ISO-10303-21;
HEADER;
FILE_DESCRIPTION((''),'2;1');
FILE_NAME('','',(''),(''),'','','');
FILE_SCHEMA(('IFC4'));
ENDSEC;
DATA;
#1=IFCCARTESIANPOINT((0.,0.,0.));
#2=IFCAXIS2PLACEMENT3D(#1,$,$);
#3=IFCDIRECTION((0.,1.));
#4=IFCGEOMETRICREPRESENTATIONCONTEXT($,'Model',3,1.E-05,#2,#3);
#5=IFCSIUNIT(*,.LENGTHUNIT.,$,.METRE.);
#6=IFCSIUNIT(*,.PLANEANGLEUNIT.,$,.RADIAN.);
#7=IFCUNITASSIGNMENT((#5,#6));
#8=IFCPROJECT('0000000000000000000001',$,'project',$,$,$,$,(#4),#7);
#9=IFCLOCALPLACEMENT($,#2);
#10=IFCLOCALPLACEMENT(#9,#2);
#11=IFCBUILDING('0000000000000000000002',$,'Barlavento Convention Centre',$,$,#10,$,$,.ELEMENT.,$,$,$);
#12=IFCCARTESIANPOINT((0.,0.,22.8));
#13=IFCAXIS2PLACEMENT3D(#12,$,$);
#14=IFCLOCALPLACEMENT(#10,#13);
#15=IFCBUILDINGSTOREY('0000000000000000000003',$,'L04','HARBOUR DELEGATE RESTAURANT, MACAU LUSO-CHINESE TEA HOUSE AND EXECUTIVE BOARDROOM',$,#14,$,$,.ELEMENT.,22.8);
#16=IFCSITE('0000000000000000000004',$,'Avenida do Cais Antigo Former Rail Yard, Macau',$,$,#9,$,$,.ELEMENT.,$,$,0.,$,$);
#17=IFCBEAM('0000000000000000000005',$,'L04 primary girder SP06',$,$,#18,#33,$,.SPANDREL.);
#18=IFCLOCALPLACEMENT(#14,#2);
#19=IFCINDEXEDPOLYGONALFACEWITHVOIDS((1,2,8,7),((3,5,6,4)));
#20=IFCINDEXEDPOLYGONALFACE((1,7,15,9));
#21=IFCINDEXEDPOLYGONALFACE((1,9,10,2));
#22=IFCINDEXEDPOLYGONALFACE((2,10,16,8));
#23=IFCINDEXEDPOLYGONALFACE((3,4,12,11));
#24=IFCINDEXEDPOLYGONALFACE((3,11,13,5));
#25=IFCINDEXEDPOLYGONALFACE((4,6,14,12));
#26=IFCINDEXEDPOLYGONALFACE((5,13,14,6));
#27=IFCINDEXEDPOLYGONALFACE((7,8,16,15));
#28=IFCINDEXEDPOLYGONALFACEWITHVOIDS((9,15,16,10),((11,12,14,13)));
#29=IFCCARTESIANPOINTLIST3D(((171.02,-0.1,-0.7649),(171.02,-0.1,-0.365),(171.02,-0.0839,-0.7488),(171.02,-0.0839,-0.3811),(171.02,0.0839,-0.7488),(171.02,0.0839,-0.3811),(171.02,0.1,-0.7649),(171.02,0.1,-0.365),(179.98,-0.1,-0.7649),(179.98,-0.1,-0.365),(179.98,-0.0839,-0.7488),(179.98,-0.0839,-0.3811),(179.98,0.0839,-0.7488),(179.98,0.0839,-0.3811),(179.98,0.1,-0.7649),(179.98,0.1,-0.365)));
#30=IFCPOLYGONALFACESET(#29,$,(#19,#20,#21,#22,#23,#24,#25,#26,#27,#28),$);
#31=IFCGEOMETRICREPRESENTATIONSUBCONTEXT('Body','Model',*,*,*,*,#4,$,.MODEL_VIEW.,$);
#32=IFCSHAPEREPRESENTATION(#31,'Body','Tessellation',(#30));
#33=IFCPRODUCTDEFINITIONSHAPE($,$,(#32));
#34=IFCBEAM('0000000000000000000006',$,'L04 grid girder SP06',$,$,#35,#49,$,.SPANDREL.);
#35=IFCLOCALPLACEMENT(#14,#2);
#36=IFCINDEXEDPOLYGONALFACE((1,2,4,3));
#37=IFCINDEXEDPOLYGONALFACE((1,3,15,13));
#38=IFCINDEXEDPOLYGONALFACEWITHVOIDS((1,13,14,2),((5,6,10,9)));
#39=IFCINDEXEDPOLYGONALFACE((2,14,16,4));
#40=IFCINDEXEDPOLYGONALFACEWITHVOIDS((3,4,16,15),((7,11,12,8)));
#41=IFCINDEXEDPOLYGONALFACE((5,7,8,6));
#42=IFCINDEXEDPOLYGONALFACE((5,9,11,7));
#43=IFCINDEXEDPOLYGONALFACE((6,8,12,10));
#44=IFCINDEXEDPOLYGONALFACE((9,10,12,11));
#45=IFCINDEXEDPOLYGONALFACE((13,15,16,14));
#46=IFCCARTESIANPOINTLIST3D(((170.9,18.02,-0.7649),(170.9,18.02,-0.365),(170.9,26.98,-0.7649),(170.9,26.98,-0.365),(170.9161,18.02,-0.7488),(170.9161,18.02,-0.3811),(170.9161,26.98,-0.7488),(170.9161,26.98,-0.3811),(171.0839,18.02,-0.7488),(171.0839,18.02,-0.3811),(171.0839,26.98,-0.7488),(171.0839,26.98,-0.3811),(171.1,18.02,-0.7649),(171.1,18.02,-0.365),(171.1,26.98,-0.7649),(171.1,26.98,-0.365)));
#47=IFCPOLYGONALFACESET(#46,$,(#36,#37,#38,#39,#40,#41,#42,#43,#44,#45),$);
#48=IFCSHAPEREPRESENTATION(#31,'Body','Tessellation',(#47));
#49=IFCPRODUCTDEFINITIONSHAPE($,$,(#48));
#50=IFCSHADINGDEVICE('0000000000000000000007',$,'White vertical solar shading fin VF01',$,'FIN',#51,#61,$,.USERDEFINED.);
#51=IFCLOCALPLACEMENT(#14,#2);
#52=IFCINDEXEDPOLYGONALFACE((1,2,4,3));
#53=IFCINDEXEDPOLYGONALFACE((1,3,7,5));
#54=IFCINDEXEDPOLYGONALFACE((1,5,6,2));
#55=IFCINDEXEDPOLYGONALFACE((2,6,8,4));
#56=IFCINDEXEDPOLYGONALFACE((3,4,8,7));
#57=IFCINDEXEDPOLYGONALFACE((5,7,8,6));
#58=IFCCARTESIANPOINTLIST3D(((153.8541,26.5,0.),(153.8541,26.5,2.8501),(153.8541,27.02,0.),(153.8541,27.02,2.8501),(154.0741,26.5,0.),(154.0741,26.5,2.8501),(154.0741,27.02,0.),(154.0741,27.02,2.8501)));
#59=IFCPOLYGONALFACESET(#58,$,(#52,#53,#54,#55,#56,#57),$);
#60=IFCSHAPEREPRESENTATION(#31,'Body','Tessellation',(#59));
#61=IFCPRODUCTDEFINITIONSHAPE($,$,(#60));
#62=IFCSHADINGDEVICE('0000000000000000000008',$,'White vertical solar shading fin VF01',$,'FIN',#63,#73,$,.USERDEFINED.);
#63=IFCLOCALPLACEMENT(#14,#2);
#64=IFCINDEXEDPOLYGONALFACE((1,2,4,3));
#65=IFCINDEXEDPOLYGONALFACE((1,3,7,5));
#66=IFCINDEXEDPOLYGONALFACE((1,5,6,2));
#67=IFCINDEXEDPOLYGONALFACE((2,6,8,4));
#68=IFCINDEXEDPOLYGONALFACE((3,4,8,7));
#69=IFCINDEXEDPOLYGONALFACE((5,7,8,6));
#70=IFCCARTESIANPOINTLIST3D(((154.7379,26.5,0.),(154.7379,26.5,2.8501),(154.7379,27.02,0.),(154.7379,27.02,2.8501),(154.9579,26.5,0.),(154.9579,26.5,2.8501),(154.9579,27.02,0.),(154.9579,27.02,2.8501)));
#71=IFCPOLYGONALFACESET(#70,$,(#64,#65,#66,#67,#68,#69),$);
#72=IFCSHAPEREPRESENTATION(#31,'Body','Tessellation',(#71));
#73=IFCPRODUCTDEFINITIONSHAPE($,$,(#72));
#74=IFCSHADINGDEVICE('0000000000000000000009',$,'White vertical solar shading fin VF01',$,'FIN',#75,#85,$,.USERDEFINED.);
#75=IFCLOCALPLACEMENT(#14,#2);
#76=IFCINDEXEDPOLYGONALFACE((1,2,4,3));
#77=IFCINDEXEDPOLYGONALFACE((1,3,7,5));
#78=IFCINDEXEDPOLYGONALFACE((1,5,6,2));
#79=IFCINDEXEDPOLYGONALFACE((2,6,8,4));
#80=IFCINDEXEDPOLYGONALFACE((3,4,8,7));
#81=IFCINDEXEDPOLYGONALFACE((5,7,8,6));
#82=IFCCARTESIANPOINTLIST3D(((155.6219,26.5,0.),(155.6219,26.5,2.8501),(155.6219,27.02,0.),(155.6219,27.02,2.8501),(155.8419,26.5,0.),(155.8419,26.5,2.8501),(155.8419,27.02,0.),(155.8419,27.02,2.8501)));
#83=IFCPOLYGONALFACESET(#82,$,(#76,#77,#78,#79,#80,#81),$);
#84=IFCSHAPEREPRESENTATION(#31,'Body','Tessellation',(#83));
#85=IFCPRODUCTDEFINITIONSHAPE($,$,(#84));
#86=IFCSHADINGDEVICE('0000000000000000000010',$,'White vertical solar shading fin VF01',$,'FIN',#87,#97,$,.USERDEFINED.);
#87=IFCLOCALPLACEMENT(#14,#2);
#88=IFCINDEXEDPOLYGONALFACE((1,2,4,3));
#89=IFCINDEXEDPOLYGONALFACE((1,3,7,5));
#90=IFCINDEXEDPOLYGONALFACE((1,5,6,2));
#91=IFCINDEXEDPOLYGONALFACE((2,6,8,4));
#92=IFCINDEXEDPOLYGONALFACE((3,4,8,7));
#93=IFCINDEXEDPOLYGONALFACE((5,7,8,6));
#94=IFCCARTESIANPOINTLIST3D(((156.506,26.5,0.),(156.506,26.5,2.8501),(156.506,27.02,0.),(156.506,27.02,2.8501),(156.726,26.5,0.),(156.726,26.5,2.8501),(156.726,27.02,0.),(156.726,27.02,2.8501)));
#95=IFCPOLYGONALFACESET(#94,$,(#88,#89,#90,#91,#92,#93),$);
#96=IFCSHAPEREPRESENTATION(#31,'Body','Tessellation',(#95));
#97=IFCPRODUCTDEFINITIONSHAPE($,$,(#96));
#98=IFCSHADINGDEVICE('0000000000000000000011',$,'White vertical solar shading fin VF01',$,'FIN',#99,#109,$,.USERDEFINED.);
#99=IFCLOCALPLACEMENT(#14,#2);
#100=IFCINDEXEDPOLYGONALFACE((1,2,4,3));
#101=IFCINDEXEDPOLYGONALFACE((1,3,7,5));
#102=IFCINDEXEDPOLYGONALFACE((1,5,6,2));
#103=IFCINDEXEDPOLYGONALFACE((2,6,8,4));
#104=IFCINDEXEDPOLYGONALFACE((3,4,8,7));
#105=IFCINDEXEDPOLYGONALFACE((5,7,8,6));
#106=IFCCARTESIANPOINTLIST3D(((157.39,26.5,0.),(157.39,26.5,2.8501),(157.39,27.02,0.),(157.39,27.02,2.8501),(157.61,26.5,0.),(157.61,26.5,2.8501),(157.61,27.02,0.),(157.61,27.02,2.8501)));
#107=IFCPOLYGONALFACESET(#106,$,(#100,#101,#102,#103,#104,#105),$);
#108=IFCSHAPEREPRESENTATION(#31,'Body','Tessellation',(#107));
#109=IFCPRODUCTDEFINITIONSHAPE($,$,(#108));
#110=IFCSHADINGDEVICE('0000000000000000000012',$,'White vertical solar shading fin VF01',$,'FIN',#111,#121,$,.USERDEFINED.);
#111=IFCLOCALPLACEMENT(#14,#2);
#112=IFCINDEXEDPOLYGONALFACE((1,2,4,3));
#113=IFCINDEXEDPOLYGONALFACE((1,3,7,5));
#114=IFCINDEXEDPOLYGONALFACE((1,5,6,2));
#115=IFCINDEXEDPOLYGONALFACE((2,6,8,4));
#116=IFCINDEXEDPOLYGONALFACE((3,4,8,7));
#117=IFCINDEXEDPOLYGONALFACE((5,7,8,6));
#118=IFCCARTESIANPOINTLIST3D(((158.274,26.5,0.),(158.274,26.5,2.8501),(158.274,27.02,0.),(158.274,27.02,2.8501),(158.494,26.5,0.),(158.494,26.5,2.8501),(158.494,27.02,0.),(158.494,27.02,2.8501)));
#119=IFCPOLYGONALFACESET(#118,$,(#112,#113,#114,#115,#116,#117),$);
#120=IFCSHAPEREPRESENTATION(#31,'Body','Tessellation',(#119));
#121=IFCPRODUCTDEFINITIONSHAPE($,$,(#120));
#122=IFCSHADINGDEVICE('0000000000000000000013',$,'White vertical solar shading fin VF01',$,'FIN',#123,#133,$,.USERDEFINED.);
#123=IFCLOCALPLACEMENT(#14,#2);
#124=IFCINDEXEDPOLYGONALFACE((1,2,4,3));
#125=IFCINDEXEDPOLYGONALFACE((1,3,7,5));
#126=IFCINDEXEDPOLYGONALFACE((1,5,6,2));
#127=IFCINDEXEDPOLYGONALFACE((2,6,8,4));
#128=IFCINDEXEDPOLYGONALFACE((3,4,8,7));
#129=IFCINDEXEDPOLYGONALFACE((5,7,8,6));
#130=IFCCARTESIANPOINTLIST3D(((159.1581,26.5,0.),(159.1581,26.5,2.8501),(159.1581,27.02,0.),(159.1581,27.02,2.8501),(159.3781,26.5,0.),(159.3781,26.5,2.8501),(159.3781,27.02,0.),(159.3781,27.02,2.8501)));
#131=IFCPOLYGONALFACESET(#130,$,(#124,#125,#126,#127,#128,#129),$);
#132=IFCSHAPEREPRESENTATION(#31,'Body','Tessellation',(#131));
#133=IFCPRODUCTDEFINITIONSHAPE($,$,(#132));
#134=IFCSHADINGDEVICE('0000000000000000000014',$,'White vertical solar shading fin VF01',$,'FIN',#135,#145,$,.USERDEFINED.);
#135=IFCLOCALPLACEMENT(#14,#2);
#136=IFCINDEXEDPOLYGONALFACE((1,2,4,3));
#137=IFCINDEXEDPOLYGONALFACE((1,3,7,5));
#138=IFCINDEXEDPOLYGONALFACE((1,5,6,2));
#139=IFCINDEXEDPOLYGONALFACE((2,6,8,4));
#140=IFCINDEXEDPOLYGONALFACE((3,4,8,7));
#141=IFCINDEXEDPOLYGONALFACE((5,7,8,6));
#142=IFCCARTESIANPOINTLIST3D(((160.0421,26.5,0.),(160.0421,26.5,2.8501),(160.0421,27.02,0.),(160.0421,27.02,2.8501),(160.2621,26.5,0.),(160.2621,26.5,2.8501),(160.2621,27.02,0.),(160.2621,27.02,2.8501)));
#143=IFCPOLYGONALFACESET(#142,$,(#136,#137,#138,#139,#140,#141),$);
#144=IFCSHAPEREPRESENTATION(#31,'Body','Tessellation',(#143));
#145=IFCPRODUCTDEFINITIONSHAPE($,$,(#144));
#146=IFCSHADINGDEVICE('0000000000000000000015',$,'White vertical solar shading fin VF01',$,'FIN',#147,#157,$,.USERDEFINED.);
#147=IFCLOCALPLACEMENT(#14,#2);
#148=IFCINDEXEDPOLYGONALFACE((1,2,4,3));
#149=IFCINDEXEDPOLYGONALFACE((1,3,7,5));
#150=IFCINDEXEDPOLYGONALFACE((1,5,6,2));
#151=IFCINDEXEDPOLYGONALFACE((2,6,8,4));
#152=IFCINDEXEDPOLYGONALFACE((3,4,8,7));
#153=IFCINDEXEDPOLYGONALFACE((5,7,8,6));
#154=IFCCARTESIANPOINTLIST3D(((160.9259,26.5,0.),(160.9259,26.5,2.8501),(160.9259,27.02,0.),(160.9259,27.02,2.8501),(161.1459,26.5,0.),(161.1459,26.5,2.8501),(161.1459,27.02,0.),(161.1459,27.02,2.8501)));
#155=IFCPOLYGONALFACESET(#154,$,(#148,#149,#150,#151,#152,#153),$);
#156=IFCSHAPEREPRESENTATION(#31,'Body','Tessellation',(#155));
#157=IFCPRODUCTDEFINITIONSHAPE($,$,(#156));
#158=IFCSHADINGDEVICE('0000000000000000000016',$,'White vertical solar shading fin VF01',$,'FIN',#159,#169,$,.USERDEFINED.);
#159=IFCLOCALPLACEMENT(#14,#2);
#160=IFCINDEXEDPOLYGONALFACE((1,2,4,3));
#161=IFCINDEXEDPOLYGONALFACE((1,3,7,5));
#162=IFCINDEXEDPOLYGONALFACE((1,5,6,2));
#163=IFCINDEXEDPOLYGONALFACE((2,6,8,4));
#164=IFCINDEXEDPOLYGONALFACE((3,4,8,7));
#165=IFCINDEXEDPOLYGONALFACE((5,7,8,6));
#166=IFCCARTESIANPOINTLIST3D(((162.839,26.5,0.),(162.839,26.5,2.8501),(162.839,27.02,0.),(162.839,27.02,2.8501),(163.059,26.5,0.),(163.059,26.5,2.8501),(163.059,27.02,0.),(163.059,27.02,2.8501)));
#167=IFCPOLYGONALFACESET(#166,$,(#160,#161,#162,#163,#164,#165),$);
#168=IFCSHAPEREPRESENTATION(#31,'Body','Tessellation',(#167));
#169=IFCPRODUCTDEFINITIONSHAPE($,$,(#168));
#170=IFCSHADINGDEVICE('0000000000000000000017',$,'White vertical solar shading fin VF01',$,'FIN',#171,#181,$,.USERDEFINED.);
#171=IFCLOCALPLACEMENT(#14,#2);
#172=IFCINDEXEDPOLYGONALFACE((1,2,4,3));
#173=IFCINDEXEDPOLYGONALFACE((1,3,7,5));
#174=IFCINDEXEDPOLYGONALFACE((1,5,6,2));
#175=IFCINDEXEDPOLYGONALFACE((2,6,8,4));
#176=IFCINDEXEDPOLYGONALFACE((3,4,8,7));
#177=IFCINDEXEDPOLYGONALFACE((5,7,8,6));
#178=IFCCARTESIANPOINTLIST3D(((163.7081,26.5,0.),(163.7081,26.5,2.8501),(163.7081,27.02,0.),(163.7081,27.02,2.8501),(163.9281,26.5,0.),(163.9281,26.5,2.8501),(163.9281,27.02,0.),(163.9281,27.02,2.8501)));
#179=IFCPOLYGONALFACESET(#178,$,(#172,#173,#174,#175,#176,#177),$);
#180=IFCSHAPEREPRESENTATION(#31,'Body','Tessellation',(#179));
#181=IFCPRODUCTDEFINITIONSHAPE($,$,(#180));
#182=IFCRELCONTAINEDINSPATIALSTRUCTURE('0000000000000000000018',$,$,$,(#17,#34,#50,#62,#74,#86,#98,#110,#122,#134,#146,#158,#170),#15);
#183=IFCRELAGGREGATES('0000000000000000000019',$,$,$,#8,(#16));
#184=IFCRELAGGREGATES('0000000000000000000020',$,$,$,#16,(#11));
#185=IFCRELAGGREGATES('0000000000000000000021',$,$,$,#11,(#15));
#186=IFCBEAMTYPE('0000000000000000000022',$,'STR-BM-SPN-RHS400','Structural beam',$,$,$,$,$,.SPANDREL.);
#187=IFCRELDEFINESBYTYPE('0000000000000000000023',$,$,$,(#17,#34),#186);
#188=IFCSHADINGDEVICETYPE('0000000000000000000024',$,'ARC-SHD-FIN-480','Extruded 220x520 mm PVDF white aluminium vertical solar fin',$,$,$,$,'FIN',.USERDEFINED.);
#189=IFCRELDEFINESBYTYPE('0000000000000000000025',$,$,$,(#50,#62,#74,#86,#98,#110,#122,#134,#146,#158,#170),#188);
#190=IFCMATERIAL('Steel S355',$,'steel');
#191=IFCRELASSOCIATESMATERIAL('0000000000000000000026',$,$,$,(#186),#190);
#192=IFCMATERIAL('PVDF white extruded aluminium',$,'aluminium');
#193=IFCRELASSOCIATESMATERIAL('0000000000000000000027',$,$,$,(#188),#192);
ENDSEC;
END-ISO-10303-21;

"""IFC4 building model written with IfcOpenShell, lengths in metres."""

from ifc_helpers import new_model, si_unit, direction, frame, origin, origin_2d, place, context, subcontext, project, spatial, rectangle, hollow_rectangle, extrude, material, material_profile, profile_set, type_object, element, save


model = new_model("IFC4")

# Units and contexts
model_context = context("Model", 3, precision=1e-05, world=origin(), true_north=direction((0.0, 1.0)))
body_context = subcontext(model_context, "Body", "Model", "MODEL_VIEW")
ifc_project = project(units=[si_unit("LENGTHUNIT", "METRE"), si_unit("PLANEANGLEUNIT", "RADIAN")], contexts=[model_context])

# Site, building, storey
site_placement = place(None, origin())
site = spatial("IfcSite", under=ifc_project, at=site_placement, Name="Avenida do Cais Antigo Former Rail Yard, Macau", CompositionType="ELEMENT", RefElevation=0.0)
building_placement = place(site_placement, origin())
building = spatial("IfcBuilding", under=site, at=building_placement, Name="Barlavento Convention Centre", CompositionType="ELEMENT")
storey_placement = place(building_placement, frame((0.0, 0.0, 22.8)))
storey = spatial("IfcBuildingStorey", under=building, at=storey_placement, Name="L04", Description="HARBOUR DELEGATE RESTAURANT, MACAU LUSO-CHINESE TEA HOUSE AND EXECUTIVE BOARDROOM", CompositionType="ELEMENT", Elevation=22.8)

# Beams
ifc_material_1 = material(Name="Steel S355", Category="steel")
ifc_material_profile_1 = material_profile(ifc_material_1, hollow_rectangle(XDim=0.2, YDim=0.3999, WallThickness=0.0161, at=origin_2d()), Name="RHS 400x200x16.0")
ifc_profile_set_1 = profile_set([ifc_material_profile_1], Name="Steel S355")
beam_type_1 = type_object("IfcBeamType", Name="STR-BM-SPN-RHS400", Description="Structural beam", PredefinedType="SPANDREL", material=ifc_profile_set_1)
for number, where, z_axis, x_axis, name in (
    (1, (171.02, 0.0, -0.5649), (1.0, 0.0, 0.0), (0.0, 1.0, 0.0), "L04 primary girder SP06"),
    (2, (171.0, 18.02, -0.5649), (0.0, 1.0, 0.0), (-1.0, 0.0, 0.0), "L04 grid girder SP06"),
):
    element("IfcBeam", number, at=place(storey_placement, frame(where, z_axis=z_axis, x_axis=x_axis)), inside=storey, type_object=beam_type_1, Name=name, PredefinedType="SPANDREL", context=body_context, shape_type="SweptSolid", body=[
        extrude(hollow_rectangle(XDim=0.2, YDim=0.3999, WallThickness=0.0161, at=origin_2d()), origin(), (0.0, 0.0, 1.0), 8.96),
    ])

# Shading devices
ifc_material_2 = material(Name="PVDF white extruded aluminium", Category="aluminium")
shading_device_type = type_object("IfcShadingDeviceType", Name="ARC-SHD-FIN-480", Description="Extruded 220x520 mm PVDF white aluminium vertical solar fin", ElementType="FIN", PredefinedType="USERDEFINED", material=ifc_material_2)
for number, where, z_axis, x_axis, name in (
    (3, (153.9641, 26.76, 0.0), (0.0, 0.0, 1.0), (1.0, 0.0, 0.0), "White vertical solar shading fin VF01"),
    (4, (154.8479, 26.76, 0.0), (0.0, 0.0, 1.0), (1.0, 0.0, 0.0), "White vertical solar shading fin VF01"),
    (5, (155.7319, 26.76, 0.0), (0.0, 0.0, 1.0), (1.0, 0.0, 0.0), "White vertical solar shading fin VF01"),
    (6, (156.616, 26.76, 0.0), (0.0, 0.0, 1.0), (1.0, 0.0, 0.0), "White vertical solar shading fin VF01"),
    (7, (157.5, 26.76, 0.0), (0.0, 0.0, 1.0), (1.0, 0.0, 0.0), "White vertical solar shading fin VF01"),
    (8, (158.384, 26.76, 0.0), (0.0, 0.0, 1.0), (1.0, 0.0, 0.0), "White vertical solar shading fin VF01"),
    (9, (159.2681, 26.76, 0.0), (0.0, 0.0, 1.0), (1.0, 0.0, 0.0), "White vertical solar shading fin VF01"),
    (10, (160.1521, 26.76, 0.0), (0.0, 0.0, 1.0), (1.0, 0.0, 0.0), "White vertical solar shading fin VF01"),
    (11, (161.0359, 26.76, 0.0), (0.0, 0.0, 1.0), (1.0, 0.0, 0.0), "White vertical solar shading fin VF01"),
    (12, (162.949, 26.76, 0.0), (0.0, 0.0, 1.0), (1.0, 0.0, 0.0), "White vertical solar shading fin VF01"),
    (13, (163.8181, 26.76, 0.0), (0.0, 0.0, 1.0), (1.0, 0.0, 0.0), "White vertical solar shading fin VF01"),
):
    element("IfcShadingDevice", number, at=place(storey_placement, frame(where, z_axis=z_axis, x_axis=x_axis)), inside=storey, type_object=shading_device_type, Name=name, ObjectType="FIN", PredefinedType="USERDEFINED", context=body_context, shape_type="SweptSolid", body=[
        extrude(rectangle(XDim=0.22, YDim=0.52, at=origin_2d()), origin(), (0.0, 0.0, 1.0), 2.8501),
    ])

save(model, "model.ifc")
